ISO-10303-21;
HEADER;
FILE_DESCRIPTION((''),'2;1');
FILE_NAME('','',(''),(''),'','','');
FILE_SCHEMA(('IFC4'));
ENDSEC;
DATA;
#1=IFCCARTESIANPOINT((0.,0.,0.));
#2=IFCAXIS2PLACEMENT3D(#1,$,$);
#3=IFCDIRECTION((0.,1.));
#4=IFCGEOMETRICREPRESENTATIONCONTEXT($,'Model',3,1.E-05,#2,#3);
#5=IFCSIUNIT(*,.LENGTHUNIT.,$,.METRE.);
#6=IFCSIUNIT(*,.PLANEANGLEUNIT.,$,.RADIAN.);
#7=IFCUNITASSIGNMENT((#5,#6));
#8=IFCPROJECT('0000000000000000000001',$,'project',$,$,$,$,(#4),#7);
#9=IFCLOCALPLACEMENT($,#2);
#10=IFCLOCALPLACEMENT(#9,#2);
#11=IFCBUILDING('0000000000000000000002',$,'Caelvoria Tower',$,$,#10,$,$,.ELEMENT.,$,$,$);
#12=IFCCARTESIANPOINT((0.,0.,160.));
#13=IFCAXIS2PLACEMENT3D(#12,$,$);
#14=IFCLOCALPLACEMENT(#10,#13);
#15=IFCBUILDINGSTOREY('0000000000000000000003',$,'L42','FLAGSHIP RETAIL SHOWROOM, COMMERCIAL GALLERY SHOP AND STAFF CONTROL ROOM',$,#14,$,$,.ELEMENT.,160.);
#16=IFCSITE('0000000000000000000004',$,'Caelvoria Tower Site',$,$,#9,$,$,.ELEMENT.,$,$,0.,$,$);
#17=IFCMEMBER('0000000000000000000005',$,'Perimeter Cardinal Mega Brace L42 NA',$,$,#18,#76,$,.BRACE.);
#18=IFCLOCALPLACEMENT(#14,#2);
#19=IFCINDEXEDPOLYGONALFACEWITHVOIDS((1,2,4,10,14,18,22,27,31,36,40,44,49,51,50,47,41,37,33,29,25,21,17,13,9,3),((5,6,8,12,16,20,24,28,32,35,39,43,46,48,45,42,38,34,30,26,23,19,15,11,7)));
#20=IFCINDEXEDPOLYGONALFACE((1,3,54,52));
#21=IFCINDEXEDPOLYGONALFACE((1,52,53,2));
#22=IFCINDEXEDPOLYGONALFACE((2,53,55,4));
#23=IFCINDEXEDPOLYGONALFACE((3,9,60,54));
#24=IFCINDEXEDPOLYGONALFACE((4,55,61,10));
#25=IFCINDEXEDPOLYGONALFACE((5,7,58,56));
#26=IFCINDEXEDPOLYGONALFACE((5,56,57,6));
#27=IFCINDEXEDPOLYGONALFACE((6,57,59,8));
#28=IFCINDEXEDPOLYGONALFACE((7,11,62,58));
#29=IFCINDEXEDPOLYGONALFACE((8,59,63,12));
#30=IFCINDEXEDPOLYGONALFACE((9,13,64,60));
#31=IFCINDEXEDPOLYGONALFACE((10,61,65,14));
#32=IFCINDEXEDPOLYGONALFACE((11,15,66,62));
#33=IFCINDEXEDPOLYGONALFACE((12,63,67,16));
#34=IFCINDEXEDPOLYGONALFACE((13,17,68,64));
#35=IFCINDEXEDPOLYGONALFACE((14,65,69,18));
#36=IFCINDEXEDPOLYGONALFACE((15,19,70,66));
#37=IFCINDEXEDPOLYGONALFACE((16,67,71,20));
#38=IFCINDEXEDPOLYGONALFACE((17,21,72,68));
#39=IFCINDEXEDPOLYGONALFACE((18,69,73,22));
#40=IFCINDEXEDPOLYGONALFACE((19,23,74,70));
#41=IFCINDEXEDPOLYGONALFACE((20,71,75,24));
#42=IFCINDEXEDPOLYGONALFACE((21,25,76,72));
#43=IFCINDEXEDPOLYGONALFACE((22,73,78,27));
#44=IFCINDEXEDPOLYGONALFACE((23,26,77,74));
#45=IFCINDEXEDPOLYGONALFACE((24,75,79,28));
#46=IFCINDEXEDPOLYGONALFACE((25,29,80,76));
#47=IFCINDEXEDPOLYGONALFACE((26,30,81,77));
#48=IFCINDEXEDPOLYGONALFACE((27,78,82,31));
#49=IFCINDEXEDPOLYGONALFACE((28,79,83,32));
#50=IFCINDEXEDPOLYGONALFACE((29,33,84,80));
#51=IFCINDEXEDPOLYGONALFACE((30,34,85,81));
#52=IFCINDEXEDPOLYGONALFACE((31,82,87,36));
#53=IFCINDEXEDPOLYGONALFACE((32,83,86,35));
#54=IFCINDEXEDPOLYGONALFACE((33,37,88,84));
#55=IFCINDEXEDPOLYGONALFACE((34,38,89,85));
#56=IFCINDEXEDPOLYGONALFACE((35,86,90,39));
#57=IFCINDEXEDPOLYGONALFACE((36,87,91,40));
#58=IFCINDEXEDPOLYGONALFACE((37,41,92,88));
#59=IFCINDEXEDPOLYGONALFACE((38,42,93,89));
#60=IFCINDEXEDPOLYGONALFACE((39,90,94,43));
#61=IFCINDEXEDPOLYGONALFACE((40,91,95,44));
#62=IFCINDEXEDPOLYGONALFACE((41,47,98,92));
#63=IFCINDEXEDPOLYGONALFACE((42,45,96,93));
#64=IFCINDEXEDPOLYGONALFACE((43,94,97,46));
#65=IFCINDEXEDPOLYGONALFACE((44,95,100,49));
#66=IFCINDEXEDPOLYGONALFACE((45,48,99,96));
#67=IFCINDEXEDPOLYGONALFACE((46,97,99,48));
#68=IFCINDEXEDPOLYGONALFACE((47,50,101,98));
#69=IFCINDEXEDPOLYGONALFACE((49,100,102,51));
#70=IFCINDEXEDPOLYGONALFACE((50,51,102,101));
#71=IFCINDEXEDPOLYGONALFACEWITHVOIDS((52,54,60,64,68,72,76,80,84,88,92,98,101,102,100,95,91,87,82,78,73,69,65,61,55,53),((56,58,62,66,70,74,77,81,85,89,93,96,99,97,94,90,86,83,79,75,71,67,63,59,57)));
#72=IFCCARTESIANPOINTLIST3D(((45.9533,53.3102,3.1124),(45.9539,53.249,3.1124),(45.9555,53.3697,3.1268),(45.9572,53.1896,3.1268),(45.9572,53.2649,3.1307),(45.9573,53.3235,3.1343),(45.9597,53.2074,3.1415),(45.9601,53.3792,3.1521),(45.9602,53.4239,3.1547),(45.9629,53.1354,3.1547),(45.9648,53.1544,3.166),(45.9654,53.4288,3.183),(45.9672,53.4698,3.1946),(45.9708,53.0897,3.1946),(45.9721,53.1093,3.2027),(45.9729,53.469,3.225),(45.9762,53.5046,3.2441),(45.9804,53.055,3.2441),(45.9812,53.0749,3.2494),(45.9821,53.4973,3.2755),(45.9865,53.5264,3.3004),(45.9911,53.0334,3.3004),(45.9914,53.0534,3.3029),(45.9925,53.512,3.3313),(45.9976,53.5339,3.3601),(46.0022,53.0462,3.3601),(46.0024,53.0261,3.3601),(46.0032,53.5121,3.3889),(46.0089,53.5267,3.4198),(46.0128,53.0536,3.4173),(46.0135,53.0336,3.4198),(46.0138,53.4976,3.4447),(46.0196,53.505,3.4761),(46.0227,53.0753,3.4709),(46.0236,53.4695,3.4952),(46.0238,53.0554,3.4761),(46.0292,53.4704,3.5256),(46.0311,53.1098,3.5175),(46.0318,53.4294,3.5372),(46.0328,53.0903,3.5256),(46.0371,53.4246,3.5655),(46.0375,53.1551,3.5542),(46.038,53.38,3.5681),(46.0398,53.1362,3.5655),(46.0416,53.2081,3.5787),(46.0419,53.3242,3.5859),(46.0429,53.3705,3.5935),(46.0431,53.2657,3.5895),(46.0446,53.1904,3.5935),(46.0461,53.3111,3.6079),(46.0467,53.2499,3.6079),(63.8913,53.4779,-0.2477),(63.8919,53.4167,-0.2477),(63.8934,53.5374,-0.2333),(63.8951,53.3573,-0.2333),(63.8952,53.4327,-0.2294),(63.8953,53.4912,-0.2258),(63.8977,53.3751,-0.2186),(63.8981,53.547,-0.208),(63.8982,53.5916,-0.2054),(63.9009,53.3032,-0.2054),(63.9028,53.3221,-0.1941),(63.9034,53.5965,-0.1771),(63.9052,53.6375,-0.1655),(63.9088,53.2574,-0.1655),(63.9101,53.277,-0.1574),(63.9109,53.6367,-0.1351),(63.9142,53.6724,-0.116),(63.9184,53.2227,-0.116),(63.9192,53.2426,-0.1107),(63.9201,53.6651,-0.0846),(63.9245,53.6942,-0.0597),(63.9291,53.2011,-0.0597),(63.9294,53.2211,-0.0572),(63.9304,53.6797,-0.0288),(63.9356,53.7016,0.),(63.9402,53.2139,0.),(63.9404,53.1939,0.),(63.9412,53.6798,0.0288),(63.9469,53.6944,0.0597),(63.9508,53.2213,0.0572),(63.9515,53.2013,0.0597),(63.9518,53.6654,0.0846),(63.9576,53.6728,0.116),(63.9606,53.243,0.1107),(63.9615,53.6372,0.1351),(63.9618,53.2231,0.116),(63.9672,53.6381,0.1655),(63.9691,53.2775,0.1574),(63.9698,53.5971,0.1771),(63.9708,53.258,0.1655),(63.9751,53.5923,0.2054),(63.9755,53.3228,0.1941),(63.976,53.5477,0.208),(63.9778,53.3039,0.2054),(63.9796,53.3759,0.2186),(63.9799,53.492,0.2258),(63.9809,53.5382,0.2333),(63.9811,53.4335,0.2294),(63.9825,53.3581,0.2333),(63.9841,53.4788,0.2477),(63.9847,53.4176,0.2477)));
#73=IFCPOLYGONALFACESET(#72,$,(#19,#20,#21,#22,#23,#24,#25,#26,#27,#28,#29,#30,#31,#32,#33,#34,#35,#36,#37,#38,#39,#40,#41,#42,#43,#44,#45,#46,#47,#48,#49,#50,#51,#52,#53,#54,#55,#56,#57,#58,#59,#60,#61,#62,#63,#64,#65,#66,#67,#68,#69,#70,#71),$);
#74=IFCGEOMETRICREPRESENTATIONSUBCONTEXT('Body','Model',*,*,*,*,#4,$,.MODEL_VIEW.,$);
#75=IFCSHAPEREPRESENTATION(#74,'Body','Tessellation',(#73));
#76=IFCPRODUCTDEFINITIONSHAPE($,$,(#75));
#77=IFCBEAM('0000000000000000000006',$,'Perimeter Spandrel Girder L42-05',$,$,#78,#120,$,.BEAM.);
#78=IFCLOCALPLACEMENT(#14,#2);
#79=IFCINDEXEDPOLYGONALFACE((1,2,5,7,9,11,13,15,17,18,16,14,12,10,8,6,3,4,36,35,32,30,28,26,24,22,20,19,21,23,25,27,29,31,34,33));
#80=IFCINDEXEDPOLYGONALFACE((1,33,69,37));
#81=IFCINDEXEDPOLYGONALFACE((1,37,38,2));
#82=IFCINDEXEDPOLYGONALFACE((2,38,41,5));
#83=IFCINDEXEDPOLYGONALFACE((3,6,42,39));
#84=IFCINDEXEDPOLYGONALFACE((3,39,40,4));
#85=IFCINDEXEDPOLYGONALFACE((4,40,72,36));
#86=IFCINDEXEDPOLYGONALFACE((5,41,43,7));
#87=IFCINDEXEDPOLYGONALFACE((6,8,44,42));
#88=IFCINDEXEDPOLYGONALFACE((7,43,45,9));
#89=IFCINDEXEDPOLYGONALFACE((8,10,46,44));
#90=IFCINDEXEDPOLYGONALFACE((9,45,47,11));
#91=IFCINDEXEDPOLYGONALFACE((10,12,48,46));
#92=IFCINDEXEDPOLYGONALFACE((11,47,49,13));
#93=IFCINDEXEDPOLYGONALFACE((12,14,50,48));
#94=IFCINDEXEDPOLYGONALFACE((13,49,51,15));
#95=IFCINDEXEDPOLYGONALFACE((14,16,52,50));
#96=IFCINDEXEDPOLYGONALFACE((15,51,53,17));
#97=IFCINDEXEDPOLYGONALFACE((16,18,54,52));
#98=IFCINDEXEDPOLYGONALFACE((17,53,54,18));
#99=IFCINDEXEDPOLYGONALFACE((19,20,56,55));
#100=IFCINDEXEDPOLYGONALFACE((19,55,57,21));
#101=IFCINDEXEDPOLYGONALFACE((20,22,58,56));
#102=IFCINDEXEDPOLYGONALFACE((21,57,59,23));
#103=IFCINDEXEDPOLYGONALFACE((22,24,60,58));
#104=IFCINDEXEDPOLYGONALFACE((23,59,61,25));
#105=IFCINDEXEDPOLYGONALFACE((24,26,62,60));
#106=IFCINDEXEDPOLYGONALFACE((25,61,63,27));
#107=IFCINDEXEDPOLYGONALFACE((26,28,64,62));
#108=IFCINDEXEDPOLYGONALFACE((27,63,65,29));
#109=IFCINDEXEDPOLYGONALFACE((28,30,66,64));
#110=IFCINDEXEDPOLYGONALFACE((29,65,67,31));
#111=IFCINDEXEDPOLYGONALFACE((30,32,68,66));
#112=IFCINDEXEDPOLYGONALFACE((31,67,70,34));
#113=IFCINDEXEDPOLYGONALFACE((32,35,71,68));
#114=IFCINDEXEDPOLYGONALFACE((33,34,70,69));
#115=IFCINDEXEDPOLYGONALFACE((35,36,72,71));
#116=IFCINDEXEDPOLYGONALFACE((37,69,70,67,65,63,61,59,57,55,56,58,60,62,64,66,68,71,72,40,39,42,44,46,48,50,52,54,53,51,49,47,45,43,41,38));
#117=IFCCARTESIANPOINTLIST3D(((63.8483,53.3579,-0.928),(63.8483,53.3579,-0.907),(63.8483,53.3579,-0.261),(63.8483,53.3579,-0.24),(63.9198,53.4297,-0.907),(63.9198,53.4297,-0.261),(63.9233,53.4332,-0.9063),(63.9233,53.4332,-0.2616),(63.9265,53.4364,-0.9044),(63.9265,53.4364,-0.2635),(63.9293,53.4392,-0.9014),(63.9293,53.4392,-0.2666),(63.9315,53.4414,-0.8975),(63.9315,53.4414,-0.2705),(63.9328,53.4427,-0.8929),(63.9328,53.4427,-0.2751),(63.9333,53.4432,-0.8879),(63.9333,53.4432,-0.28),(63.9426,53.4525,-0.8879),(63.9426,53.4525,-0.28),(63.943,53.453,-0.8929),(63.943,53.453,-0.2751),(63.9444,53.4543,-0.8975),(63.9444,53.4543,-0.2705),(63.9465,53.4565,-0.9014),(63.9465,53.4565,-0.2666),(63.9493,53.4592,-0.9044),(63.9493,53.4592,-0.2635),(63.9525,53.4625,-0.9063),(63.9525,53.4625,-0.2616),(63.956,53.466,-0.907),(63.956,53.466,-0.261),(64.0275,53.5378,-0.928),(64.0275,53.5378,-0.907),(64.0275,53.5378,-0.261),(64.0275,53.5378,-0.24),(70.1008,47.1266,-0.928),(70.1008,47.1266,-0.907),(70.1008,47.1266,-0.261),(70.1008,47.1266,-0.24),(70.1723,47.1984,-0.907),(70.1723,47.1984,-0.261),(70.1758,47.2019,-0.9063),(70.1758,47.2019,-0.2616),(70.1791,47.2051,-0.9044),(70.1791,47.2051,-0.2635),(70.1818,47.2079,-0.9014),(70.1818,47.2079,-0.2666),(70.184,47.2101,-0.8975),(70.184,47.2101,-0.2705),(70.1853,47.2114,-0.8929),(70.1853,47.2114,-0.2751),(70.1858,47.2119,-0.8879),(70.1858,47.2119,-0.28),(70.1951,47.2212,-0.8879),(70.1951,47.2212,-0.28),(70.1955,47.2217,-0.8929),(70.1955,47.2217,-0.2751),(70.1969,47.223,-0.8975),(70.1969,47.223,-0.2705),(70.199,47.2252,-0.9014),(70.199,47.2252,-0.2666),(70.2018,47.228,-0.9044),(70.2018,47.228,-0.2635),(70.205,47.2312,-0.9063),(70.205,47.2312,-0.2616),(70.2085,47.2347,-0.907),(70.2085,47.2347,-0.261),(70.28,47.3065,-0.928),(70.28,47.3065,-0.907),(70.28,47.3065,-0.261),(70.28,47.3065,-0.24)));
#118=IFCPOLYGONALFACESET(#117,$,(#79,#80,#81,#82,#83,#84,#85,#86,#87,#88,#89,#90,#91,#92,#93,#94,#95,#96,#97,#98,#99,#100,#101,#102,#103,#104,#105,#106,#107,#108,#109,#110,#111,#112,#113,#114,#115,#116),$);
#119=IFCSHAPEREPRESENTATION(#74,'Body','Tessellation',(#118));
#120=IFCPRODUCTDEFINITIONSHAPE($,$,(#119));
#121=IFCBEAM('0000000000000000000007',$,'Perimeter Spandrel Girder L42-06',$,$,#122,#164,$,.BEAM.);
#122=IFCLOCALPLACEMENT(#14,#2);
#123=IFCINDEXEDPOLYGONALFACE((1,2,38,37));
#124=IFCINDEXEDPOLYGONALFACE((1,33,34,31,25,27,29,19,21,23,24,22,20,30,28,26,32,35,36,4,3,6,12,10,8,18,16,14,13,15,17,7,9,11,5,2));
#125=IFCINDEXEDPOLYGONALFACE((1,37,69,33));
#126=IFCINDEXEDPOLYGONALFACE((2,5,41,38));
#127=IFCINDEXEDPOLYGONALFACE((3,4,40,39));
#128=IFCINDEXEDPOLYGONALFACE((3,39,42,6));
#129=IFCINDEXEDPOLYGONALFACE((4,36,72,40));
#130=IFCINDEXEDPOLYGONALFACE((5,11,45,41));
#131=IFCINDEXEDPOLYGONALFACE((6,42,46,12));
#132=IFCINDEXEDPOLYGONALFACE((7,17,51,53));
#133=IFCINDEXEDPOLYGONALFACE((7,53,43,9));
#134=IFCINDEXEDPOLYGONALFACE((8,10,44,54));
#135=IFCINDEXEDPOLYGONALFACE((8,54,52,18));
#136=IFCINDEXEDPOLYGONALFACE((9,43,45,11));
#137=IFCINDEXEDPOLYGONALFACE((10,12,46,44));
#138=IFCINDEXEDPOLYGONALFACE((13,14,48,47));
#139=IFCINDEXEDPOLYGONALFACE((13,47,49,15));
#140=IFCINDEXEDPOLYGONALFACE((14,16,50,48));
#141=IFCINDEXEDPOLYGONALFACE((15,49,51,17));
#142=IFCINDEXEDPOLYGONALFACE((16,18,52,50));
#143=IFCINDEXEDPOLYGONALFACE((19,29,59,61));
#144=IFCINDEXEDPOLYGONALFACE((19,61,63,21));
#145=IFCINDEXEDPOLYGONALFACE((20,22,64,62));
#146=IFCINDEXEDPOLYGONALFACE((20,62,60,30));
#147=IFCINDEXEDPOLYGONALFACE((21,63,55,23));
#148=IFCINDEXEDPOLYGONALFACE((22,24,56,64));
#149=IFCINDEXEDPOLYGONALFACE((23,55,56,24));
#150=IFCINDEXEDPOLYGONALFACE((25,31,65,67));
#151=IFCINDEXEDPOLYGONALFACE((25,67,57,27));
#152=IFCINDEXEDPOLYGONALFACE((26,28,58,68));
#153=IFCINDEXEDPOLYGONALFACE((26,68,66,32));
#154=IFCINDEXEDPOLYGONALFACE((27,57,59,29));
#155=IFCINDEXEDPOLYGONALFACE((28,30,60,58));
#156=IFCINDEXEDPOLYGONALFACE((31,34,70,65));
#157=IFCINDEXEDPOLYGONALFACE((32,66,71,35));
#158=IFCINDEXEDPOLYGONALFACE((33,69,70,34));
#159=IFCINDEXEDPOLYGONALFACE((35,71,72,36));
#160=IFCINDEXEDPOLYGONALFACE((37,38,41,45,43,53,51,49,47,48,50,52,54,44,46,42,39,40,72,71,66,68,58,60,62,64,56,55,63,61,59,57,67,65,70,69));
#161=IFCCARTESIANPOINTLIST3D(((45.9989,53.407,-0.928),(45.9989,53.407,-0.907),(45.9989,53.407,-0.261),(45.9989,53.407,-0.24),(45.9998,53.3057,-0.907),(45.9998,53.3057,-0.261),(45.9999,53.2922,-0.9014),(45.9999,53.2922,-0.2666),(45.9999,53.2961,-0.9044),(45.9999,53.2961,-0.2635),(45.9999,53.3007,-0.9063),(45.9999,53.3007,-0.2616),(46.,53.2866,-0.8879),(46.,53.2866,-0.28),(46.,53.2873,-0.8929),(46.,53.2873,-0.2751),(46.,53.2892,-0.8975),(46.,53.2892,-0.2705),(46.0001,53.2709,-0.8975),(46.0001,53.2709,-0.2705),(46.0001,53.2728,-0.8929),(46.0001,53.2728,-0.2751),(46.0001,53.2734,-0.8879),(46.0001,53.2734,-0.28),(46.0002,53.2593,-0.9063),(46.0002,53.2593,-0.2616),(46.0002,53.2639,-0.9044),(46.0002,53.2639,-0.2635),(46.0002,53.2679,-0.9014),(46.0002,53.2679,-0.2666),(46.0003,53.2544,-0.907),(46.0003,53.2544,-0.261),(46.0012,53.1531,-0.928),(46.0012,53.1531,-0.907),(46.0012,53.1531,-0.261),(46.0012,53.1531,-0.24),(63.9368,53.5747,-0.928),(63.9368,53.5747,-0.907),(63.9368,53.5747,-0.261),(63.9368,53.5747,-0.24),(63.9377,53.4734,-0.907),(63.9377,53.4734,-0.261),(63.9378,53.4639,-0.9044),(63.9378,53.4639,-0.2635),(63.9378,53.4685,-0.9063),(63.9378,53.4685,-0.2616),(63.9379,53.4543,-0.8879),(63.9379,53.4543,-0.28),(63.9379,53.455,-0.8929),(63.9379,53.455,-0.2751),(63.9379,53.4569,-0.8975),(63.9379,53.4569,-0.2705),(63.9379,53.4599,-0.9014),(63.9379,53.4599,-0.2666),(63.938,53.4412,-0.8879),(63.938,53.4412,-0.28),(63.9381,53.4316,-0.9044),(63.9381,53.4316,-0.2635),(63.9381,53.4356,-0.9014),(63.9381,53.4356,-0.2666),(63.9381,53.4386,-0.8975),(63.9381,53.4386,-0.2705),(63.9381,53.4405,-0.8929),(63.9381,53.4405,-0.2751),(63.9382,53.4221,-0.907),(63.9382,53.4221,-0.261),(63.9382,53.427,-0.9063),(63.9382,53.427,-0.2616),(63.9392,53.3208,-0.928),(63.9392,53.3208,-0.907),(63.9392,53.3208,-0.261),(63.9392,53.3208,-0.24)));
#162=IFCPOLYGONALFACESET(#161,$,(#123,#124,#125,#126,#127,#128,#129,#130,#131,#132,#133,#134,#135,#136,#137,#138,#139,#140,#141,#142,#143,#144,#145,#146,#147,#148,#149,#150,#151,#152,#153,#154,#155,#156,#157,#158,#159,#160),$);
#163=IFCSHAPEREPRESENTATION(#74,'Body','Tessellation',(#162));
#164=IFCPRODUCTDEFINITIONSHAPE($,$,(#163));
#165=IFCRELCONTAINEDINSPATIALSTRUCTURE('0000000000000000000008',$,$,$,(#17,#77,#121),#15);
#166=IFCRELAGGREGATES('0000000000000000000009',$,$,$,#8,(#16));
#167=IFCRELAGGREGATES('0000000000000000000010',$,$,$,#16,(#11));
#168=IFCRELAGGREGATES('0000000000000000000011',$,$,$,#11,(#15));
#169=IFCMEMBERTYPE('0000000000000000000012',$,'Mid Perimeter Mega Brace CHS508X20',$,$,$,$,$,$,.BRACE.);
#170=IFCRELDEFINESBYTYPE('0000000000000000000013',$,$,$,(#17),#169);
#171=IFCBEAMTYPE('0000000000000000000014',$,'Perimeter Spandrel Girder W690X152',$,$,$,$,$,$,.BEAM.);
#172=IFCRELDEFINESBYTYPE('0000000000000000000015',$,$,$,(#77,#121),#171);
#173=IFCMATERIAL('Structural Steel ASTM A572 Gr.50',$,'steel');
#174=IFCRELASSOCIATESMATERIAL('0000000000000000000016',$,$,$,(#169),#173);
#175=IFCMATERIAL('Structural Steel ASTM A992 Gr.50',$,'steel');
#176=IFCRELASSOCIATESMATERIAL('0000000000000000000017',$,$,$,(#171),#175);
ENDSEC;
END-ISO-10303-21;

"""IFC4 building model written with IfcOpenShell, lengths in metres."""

from ifc_helpers import new_model, si_unit, direction, frame, origin, origin_2d, place, context, subcontext, project, spatial, hollow_circle, i_section, extrude, material, material_profile, profile_set, type_object, element, save


model = new_model("IFC4")

# Units and contexts
model_context = context("Model", 3, precision=1e-05, world=origin(), true_north=direction((0.0, 1.0)))
body_context = subcontext(model_context, "Body", "Model", "MODEL_VIEW")
ifc_project = project(units=[si_unit("LENGTHUNIT", "METRE"), si_unit("PLANEANGLEUNIT", "RADIAN")], contexts=[model_context])

# Site, building, storey
site_placement = place(None, origin())
site = spatial("IfcSite", under=ifc_project, at=site_placement, Name="Caelvoria Tower Site", CompositionType="ELEMENT", RefElevation=0.0)
building_placement = place(site_placement, origin())
building = spatial("IfcBuilding", under=site, at=building_placement, Name="Caelvoria Tower", CompositionType="ELEMENT")
storey_placement = place(building_placement, frame((0.0, 0.0, 160.0)))
storey = spatial("IfcBuildingStorey", under=building, at=storey_placement, Name="L42", Description="FLAGSHIP RETAIL SHOWROOM, COMMERCIAL GALLERY SHOP AND STAFF CONTROL ROOM", CompositionType="ELEMENT", Elevation=160.0)

# Shared definitions
ifc_material_1 = material(Name="Structural Steel ASTM A572 Gr.50", Category="steel")

# Member
ifc_material_profile_1 = material_profile(ifc_material_1, hollow_circle(Radius=0.2539, WallThickness=0.02, at=origin_2d()), Name="Structural Steel ASTM A572 Gr.50")
ifc_profile_set_1 = profile_set([ifc_material_profile_1], Name="CHS508X20 - Structural Steel ASTM A572 Gr.50")
member_type = type_object("IfcMemberType", Name="Mid Perimeter Mega Brace CHS508X20", PredefinedType="BRACE", material=ifc_profile_set_1)
member_1_placement = place(storey_placement, frame((63.938, 53.4478, 0.0), z_axis=(-0.982863, -0.00919, 0.184108), x_axis=(0.00935, -0.999956, 0.0)))
element("IfcMember", 1, at=member_1_placement, inside=storey, type_object=member_type, Name="Perimeter Cardinal Mega Brace L42 NA", PredefinedType="BRACE", context=body_context, shape_type="SweptSolid", body=[
    extrude(hollow_circle(Radius=0.2539, WallThickness=0.02, at=origin_2d()), origin(), (0.0, 0.0, 1.0), 18.2507),
])

# Beams
ifc_material_2 = material(Name="Structural Steel ASTM A992 Gr.50", Category="steel")
ifc_material_profile_2 = material_profile(ifc_material_2, i_section(OverallWidth=0.2539, OverallDepth=0.688, WebThickness=0.0132, FlangeThickness=0.021, FilletRadius=0.019, at=origin_2d()), Name="Structural Steel ASTM A992 Gr.50")
ifc_profile_set_2 = profile_set([ifc_material_profile_2], Name="W690X152 - Structural Steel ASTM A992 Gr.50")
beam_type_1 = type_object("IfcBeamType", Name="Perimeter Spandrel Girder W690X152", PredefinedType="BEAM", material=ifc_profile_set_2)
beam_1_placement = place(storey_placement, frame((70.1904, 47.2166, -0.584), z_axis=(-0.708309, 0.705903, 0.0), x_axis=(-0.705903, -0.708309, 0.0)))
element("IfcBeam", 2, at=beam_1_placement, inside=storey, type_object=beam_type_1, Name="Perimeter Spandrel Girder L42-05", PredefinedType="BEAM", context=body_context, shape_type="SweptSolid", body=[
    extrude(i_section(OverallWidth=0.2539, OverallDepth=0.688, WebThickness=0.0132, FlangeThickness=0.021, FilletRadius=0.019, at=origin_2d()), origin(), (0.0, 0.0, 1.0), 8.8274),
])
beam_2_placement = place(storey_placement, frame((63.938, 53.4478, -0.584), z_axis=(-0.999956, -0.00935, 0.0), x_axis=(0.00935, -0.999956, 0.0)))
element("IfcBeam", 3, at=beam_2_placement, inside=storey, type_object=beam_type_1, Name="Perimeter Spandrel Girder L42-06", PredefinedType="BEAM", context=body_context, shape_type="SweptSolid", body=[
    extrude(i_section(OverallWidth=0.2539, OverallDepth=0.688, WebThickness=0.0132, FlangeThickness=0.021, FilletRadius=0.019, at=origin_2d()), origin(), (0.0, 0.0, 1.0), 17.9387),
])

save(model, "model.ifc")
